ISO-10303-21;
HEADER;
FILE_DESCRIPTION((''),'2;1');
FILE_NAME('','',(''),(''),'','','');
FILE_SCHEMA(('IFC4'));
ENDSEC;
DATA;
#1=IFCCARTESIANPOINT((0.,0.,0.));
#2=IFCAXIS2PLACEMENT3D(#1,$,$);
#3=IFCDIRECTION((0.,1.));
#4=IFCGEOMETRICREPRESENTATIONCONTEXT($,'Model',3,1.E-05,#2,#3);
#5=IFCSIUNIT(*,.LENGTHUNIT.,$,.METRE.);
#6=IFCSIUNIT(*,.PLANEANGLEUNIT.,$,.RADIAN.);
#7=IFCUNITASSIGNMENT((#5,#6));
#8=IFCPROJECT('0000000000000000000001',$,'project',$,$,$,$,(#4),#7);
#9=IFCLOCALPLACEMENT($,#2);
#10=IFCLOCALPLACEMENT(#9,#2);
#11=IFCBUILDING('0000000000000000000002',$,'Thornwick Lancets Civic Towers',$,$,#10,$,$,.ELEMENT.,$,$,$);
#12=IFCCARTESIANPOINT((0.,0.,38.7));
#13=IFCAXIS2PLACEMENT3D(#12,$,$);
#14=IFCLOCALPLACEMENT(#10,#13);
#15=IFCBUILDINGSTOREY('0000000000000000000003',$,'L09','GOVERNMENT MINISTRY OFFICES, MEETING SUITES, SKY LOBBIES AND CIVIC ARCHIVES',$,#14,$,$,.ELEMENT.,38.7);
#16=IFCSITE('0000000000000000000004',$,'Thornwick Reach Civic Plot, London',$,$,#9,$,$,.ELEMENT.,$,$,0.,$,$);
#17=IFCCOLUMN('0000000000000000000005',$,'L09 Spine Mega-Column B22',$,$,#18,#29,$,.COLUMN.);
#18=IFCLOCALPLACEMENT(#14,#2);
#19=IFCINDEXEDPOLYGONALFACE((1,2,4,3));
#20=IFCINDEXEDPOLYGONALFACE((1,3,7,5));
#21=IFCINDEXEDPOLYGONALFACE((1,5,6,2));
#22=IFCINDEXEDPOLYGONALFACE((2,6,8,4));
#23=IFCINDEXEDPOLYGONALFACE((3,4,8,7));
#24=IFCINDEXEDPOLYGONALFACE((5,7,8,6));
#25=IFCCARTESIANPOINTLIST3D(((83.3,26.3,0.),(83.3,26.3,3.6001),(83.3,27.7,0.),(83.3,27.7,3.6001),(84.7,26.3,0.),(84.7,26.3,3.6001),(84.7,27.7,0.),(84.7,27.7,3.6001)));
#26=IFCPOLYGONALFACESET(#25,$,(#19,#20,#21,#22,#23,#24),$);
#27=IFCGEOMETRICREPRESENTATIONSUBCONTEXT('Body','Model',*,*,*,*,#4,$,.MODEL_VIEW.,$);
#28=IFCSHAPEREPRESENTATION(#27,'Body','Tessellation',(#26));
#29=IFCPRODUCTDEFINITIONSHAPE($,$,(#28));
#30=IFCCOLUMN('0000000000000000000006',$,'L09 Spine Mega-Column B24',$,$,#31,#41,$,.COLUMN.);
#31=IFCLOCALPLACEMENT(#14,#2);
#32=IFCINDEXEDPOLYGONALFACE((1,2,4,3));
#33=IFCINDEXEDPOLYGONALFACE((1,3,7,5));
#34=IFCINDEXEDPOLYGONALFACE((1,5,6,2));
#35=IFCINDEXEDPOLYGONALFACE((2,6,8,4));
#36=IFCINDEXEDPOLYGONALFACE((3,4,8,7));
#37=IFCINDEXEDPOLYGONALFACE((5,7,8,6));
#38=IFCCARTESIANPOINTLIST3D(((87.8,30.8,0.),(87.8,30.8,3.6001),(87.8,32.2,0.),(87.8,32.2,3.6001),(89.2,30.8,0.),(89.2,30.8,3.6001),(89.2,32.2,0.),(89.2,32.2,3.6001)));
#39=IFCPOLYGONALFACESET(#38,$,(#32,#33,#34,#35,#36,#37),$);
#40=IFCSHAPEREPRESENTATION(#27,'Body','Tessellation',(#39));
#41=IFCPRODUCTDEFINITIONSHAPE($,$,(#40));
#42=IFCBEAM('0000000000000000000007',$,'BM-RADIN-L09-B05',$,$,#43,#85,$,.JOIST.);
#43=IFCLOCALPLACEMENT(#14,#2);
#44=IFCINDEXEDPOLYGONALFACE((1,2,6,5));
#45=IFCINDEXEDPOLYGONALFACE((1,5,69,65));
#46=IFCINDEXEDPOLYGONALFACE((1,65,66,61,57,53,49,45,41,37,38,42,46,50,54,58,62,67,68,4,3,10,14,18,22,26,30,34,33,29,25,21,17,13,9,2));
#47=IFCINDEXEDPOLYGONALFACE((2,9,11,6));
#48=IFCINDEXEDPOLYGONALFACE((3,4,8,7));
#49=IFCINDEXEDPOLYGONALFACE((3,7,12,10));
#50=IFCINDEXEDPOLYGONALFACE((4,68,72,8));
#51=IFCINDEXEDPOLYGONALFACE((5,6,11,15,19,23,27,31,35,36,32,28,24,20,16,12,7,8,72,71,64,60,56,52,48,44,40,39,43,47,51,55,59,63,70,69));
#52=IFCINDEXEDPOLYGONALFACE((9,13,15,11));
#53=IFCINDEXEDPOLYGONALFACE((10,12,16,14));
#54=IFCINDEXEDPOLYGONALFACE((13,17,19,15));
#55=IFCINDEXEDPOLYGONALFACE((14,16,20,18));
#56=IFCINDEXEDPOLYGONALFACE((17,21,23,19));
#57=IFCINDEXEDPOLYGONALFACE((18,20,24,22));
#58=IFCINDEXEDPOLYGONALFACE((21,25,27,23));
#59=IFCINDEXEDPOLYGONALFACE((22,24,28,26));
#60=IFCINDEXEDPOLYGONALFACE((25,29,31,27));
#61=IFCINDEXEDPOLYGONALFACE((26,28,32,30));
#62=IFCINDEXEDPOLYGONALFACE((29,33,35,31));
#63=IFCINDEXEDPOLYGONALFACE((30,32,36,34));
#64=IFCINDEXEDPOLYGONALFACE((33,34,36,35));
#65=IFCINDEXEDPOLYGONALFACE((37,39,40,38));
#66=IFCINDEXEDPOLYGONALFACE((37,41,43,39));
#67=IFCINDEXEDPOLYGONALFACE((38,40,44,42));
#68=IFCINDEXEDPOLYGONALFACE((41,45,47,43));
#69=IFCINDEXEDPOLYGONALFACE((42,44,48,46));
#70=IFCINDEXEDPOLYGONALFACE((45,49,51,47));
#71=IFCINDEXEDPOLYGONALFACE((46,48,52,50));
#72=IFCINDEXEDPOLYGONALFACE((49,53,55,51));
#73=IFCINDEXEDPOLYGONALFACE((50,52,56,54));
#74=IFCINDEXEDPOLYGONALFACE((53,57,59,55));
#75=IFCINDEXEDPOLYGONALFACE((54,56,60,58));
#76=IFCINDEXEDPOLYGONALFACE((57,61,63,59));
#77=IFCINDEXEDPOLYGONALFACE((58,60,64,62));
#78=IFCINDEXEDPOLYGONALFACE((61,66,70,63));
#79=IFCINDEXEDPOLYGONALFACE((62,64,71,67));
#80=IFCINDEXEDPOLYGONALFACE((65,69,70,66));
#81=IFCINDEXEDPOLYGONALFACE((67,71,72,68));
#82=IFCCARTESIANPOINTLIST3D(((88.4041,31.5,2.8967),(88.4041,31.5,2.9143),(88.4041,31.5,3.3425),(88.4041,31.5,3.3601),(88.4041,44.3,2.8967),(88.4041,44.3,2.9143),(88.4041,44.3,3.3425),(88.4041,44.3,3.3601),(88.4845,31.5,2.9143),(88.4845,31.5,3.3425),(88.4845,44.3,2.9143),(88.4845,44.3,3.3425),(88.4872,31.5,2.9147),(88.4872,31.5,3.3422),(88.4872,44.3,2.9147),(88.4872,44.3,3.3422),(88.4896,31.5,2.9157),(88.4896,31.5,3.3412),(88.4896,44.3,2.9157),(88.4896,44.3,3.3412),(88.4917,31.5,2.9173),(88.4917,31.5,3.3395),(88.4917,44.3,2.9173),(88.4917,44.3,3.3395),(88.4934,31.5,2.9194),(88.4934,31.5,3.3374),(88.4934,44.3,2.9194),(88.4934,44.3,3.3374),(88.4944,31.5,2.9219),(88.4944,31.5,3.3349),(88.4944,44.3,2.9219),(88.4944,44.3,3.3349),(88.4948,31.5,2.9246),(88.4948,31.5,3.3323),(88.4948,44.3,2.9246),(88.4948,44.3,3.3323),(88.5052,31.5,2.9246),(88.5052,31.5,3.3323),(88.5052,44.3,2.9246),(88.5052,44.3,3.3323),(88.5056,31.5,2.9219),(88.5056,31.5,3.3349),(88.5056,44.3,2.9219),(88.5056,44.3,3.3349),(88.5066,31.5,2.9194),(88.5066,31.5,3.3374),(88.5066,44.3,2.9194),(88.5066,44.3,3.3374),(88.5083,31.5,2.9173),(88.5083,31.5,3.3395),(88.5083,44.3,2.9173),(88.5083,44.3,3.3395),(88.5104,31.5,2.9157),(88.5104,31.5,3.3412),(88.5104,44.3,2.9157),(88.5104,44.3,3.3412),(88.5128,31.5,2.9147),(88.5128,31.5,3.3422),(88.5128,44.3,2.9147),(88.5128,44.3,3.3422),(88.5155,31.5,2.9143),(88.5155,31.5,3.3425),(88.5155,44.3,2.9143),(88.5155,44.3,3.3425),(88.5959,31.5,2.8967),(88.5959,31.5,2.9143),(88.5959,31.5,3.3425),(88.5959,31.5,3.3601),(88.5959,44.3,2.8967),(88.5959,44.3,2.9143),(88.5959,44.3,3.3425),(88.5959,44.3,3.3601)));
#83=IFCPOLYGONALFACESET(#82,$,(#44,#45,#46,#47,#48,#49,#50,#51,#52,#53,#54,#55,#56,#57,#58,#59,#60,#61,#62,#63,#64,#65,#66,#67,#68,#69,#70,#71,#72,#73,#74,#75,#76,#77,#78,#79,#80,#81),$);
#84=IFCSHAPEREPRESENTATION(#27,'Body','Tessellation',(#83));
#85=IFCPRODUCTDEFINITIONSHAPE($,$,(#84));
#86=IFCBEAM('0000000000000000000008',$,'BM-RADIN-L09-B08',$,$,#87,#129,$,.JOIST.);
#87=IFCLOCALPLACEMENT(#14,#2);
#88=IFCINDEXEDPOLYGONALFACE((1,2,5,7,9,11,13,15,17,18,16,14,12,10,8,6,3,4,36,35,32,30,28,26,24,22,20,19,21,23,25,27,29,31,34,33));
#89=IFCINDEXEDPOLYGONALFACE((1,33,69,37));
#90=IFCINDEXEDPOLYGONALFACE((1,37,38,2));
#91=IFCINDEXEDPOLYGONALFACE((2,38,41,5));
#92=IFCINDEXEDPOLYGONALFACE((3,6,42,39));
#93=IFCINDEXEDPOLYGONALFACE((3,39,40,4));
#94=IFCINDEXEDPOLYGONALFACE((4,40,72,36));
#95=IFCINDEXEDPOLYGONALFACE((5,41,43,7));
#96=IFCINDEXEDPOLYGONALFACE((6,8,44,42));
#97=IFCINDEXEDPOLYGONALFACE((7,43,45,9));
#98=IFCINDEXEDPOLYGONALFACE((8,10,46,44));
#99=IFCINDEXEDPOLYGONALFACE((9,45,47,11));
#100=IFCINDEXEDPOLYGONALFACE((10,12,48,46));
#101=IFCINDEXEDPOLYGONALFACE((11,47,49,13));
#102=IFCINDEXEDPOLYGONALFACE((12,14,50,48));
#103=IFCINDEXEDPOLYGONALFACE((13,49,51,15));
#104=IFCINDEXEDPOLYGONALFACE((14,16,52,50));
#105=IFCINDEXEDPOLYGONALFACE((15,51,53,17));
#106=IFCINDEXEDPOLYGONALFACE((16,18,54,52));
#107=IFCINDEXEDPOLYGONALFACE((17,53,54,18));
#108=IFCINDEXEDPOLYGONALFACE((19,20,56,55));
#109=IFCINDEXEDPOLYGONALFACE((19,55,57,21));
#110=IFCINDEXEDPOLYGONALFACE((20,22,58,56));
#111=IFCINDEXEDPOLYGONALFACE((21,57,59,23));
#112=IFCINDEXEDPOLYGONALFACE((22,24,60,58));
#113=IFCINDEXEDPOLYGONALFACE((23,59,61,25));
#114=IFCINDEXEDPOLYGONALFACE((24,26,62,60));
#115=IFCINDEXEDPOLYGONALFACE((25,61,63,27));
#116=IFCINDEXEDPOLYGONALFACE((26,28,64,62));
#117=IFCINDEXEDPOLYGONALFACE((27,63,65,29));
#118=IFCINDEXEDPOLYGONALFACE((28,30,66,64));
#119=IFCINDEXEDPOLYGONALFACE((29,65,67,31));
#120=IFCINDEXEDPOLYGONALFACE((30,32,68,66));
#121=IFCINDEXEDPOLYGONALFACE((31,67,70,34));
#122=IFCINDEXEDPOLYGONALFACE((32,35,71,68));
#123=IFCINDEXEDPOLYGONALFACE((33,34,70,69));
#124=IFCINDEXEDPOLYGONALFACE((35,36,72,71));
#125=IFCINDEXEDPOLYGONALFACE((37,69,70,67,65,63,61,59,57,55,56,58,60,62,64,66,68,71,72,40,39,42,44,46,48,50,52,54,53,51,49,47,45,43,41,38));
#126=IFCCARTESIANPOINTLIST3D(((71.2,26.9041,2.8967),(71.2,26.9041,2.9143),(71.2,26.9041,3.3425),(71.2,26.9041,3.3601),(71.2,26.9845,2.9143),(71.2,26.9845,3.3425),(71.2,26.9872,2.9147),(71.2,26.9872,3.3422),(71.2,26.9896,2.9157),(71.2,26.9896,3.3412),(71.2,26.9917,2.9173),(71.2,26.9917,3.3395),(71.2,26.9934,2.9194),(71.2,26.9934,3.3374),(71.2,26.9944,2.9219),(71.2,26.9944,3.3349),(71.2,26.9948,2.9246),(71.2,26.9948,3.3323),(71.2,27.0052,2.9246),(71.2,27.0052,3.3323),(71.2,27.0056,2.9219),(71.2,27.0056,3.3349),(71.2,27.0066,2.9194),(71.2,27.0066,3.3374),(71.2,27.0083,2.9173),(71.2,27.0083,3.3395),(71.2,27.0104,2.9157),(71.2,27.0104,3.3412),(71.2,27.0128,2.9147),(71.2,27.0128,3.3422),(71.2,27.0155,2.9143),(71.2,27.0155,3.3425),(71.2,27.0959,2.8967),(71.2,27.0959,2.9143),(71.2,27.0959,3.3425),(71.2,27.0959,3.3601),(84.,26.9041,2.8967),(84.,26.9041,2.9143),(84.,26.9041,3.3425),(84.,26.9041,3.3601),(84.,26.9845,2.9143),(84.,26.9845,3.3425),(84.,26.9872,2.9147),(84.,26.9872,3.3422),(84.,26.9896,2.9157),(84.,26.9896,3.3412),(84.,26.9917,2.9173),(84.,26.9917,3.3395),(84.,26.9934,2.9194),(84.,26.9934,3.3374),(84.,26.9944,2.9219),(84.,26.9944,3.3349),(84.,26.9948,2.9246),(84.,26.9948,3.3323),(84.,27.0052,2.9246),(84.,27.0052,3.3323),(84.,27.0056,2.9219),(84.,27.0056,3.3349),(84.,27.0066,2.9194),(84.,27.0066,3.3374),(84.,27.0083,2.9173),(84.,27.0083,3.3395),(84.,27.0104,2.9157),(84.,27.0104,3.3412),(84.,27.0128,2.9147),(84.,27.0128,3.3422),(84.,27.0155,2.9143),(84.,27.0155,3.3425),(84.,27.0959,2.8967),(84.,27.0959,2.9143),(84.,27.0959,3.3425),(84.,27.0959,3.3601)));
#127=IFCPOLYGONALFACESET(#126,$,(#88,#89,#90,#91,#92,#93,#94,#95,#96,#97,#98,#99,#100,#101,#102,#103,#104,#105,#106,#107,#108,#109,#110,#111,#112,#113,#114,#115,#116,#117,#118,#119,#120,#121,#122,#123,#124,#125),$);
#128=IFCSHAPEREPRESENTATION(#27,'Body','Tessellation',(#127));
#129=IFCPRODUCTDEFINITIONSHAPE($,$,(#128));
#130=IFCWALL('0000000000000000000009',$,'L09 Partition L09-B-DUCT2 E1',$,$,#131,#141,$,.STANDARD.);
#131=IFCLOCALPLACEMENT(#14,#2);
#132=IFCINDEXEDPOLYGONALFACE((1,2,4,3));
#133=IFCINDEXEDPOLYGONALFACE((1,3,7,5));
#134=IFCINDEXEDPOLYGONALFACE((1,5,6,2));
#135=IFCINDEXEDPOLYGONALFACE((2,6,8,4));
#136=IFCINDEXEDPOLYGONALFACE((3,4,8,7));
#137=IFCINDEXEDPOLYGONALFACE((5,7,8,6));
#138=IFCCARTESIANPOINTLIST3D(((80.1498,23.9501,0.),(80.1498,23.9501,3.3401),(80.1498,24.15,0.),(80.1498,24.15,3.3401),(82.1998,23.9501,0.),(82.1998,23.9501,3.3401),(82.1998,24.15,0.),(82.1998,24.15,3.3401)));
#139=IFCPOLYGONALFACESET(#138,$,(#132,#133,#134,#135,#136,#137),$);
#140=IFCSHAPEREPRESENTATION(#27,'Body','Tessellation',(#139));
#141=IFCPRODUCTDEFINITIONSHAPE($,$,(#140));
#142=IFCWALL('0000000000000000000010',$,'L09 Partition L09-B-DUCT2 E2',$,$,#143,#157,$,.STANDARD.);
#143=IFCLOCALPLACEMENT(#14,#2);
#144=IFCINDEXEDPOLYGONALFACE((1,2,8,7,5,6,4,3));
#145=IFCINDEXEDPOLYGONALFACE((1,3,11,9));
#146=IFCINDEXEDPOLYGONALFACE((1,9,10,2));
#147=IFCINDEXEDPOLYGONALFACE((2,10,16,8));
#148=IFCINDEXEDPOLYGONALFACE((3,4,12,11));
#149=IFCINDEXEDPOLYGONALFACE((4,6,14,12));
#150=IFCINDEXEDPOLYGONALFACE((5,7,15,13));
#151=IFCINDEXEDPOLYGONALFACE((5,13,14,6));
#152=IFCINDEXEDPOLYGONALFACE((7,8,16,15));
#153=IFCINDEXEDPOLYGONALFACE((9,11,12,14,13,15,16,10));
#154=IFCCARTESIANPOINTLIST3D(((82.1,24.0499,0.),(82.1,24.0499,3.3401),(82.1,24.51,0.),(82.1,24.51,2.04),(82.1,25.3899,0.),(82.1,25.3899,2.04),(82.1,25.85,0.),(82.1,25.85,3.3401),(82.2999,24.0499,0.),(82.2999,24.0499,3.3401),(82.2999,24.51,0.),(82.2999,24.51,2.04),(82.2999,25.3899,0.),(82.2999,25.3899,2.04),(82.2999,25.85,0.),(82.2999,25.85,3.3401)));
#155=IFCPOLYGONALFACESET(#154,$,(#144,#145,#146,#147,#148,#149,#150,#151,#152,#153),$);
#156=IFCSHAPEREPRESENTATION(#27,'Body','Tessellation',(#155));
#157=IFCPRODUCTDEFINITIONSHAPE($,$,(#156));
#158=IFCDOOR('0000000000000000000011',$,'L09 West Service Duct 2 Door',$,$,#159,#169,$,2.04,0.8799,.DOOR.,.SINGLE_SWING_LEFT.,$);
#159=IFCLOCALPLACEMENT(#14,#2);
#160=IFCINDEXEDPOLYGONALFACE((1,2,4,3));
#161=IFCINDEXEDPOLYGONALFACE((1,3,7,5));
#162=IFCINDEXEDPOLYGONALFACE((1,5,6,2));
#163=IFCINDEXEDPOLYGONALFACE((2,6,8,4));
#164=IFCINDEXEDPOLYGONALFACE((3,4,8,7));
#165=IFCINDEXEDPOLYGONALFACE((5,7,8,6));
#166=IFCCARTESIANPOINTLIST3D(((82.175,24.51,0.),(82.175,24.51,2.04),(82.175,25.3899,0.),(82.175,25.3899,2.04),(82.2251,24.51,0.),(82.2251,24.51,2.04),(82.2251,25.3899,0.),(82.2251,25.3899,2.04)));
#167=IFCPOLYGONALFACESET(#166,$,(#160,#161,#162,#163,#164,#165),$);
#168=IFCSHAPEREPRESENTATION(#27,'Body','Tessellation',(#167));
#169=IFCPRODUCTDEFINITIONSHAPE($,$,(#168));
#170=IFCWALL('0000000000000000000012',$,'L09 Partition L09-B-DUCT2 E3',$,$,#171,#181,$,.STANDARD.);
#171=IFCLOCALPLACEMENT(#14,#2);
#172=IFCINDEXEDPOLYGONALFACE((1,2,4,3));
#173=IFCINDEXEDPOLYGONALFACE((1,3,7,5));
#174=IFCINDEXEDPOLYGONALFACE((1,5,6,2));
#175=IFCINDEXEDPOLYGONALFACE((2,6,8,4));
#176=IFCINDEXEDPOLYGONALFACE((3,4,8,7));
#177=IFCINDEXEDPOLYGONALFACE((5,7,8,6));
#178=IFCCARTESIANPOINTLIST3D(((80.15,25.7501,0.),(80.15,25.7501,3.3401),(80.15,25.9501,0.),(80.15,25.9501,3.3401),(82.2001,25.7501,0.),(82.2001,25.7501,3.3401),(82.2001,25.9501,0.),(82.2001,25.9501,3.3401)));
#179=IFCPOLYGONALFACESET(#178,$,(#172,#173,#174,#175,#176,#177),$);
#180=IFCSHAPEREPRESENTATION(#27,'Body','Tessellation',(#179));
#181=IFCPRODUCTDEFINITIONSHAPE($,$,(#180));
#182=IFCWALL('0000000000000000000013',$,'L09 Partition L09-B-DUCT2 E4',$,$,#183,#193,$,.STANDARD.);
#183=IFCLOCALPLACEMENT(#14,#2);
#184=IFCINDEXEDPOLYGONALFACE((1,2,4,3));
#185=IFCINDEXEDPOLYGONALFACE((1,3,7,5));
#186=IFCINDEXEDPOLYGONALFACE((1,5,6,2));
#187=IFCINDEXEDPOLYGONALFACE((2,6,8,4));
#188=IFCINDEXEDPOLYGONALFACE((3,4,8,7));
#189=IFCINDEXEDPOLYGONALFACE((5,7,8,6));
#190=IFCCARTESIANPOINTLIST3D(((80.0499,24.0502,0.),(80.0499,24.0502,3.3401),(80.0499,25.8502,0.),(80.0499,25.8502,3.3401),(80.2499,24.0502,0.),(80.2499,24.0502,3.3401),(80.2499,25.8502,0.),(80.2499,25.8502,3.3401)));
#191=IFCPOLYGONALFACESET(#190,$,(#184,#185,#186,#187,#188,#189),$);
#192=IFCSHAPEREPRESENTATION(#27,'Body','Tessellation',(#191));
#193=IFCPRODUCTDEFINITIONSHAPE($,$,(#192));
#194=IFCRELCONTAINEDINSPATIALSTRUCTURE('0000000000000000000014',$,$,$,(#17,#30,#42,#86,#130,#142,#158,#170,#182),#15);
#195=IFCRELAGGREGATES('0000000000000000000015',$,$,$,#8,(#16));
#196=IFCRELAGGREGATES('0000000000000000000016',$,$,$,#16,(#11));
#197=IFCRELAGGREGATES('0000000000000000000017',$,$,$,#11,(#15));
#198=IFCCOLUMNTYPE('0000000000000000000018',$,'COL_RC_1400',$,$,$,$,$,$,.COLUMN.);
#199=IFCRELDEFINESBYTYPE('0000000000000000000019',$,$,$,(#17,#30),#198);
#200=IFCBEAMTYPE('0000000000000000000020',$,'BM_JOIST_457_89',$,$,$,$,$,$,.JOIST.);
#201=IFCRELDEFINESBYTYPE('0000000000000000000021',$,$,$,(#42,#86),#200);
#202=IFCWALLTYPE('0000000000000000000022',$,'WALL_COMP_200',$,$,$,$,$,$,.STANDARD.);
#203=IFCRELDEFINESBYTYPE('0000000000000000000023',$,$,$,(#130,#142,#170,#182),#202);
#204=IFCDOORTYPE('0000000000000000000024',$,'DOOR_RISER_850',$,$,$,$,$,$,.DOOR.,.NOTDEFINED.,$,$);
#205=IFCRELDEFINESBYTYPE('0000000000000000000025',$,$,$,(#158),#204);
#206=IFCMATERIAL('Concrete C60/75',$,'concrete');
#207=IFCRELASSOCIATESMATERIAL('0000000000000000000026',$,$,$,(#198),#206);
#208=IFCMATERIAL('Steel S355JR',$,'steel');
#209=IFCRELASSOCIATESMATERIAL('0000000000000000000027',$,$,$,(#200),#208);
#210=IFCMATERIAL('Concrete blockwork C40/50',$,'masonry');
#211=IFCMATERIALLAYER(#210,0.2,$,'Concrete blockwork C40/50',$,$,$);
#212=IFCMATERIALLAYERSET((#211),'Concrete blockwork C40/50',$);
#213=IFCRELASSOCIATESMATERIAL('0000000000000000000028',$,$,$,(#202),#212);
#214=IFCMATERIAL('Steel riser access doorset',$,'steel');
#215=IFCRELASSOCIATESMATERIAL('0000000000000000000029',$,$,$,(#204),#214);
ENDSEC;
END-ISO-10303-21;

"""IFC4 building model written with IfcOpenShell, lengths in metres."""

from ifc_helpers import new_model, si_unit, direction, frame, frame_2d, origin, origin_2d, place, context, subcontext, project, spatial, rectangle, i_section, extrude, material, layer, layer_set, material_profile, profile_set, type_object, element, fill, save


model = new_model("IFC4")

# Units and contexts
model_context = context("Model", 3, precision=1e-05, world=origin(), true_north=direction((0.0, 1.0)))
body_context = subcontext(model_context, "Body", "Model", "MODEL_VIEW")
ifc_project = project(units=[si_unit("LENGTHUNIT", "METRE"), si_unit("PLANEANGLEUNIT", "RADIAN")], contexts=[model_context])

# Site, building, storey
site_placement = place(None, origin())
site = spatial("IfcSite", under=ifc_project, at=site_placement, Name="Thornwick Reach Civic Plot, London", CompositionType="ELEMENT", RefElevation=0.0)
building_placement = place(site_placement, origin())
building = spatial("IfcBuilding", under=site, at=building_placement, Name="Thornwick Lancets Civic Towers", CompositionType="ELEMENT")
storey_placement = place(building_placement, frame((0.0, 0.0, 38.7)))
storey = spatial("IfcBuildingStorey", under=building, at=storey_placement, Name="L09", Description="GOVERNMENT MINISTRY OFFICES, MEETING SUITES, SKY LOBBIES AND CIVIC ARCHIVES", CompositionType="ELEMENT", Elevation=38.7)

# Columns
ifc_material_1 = material(Name="Concrete C60/75", Category="concrete")
ifc_material_profile_1 = material_profile(ifc_material_1, rectangle(XDim=1.3999, YDim=1.3999, at=origin_2d()), Name="RC 1400x1400")
ifc_profile_set_1 = profile_set([ifc_material_profile_1], Name="Concrete C60/75")
column_type = type_object("IfcColumnType", Name="COL_RC_1400", PredefinedType="COLUMN", material=ifc_profile_set_1)
for number, where, z_axis, x_axis, name in (
    (1, (84.0, 27.0, 0.0), (0.0, 0.0, 1.0), (1.0, 0.0, 0.0), "L09 Spine Mega-Column B22"),
    (2, (88.5, 31.5, 0.0), (0.0, 0.0, 1.0), (1.0, 0.0, 0.0), "L09 Spine Mega-Column B24"),
):
    element("IfcColumn", number, at=place(storey_placement, frame(where, z_axis=z_axis, x_axis=x_axis)), inside=storey, type_object=column_type, Name=name, PredefinedType="COLUMN", context=body_context, shape_type="SweptSolid", body=[
        extrude(rectangle(XDim=1.3999, YDim=1.3999, at=origin_2d()), origin(), (0.0, 0.0, 1.0), 3.6001),
    ])

# Beams
ifc_material_2 = material(Name="Steel S355JR", Category="steel")
ifc_material_profile_2 = material_profile(ifc_material_2, i_section(OverallWidth=0.1919, OverallDepth=0.4634, WebThickness=0.0105, FlangeThickness=0.0176, FilletRadius=0.0103, at=origin_2d()), Name="UKB 457x191x89")
ifc_profile_set_2 = profile_set([ifc_material_profile_2], Name="Steel S355JR")
beam_type = type_object("IfcBeamType", Name="BM_JOIST_457_89", PredefinedType="JOIST", material=ifc_profile_set_2)
for number, where, z_axis, x_axis, name in (
    (3, (88.5, 31.5, 3.1284), (0.0, 1.0, 0.0), (-1.0, 0.0, 0.0), "BM-RADIN-L09-B05"),
    (4, (84.0, 27.0, 3.1284), (-1.0, 0.0, 0.0), (0.0, -1.0, 0.0), "BM-RADIN-L09-B08"),
):
    element("IfcBeam", number, at=place(storey_placement, frame(where, z_axis=z_axis, x_axis=x_axis)), inside=storey, type_object=beam_type, Name=name, PredefinedType="JOIST", context=body_context, shape_type="SweptSolid", body=[
        extrude(i_section(OverallWidth=0.1919, OverallDepth=0.4634, WebThickness=0.0105, FlangeThickness=0.0176, FilletRadius=0.0103, at=origin_2d()), origin(), (0.0, 0.0, 1.0), 12.8),
    ])

# Wall
ifc_material_3 = material(Name="Concrete blockwork C40/50", Category="masonry")
ifc_layer_1 = layer(ifc_material_3, 0.2, Name="Concrete blockwork C40/50")
ifc_layer_set_1 = layer_set([ifc_layer_1], Name="Concrete blockwork C40/50")
wall_type_1 = type_object("IfcWallType", Name="WALL_COMP_200", PredefinedType="STANDARD", material=ifc_layer_set_1)
wall_1_placement = place(storey_placement, frame((80.1499, 24.05, 0.0), z_axis=(0.0, 0.0, 1.0), x_axis=(1.0, 0.0, 0.0)))
element("IfcWall", 5, at=wall_1_placement, inside=storey, type_object=wall_type_1, Name="L09 Partition L09-B-DUCT2 E1", PredefinedType="STANDARD", context=body_context, shape_type="SweptSolid", body=[
    extrude(rectangle(XDim=2.05, YDim=0.2, at=frame_2d((1.0249, 0.0))), origin(), (0.0, 0.0, 1.0), 3.3401),
])

# Wall, opening, door
wall_2_placement = place(storey_placement, frame((82.2, 24.05, 0.0), z_axis=(0.0, 0.0, 1.0), x_axis=(0.0, 1.0, 0.0)))
wall_2 = element("IfcWall", 6, at=wall_2_placement, inside=storey, type_object=wall_type_1, Name="L09 Partition L09-B-DUCT2 E2", PredefinedType="STANDARD", context=body_context, shape_type="SweptSolid", body=[
    extrude(rectangle(XDim=1.8, YDim=0.2, at=frame_2d((0.8999, 0.0))), origin(), (0.0, 0.0, 1.0), 3.3401),
])
opening_1_placement = place(wall_2_placement, frame((0.46, 0.0, 0.0)))
opening_1 = element("IfcOpeningElement", 7, at=opening_1_placement, cuts=wall_2, PredefinedType="OPENING", context=body_context, shape_type="SweptSolid", body=[
    extrude(rectangle(XDim=0.8799, YDim=2.04, at=frame_2d((0.4399, 1.02))), frame((0.0, 0.1099, 0.0), z_axis=(0.0, -1.0, 0.0), x_axis=(1.0, 0.0, 0.0)), (0.0, 0.0, 1.0), 0.22),
])
ifc_material_4 = material(Name="Steel riser access doorset", Category="steel")
door_type_1 = type_object("IfcDoorType", Name="DOOR_RISER_850", OperationType="NOTDEFINED", PredefinedType="DOOR", material=ifc_material_4)
door_1_placement = place(opening_1_placement, origin())
door_1 = element("IfcDoor", 8, at=door_1_placement, inside=storey, type_object=door_type_1, Name="L09 West Service Duct 2 Door", OperationType="SINGLE_SWING_LEFT", OverallHeight=2.04, OverallWidth=0.8799, PredefinedType="DOOR", context=body_context, shape_type="SweptSolid", body=[
    extrude(rectangle(XDim=0.8799, YDim=2.04, at=frame_2d((0.4399, 1.02))), frame((0.0, 0.0249, 0.0), z_axis=(0.0, -1.0, 0.0), x_axis=(1.0, 0.0, 0.0)), (0.0, 0.0, 1.0), 0.05),
])
fill(opening_1, door_1)

# Walls
wall_3_placement = place(storey_placement, frame((82.2, 25.8501, 0.0), z_axis=(0.0, 0.0, 1.0), x_axis=(-1.0, 0.0, 0.0)))
element("IfcWall", 9, at=wall_3_placement, inside=storey, type_object=wall_type_1, Name="L09 Partition L09-B-DUCT2 E3", PredefinedType="STANDARD", context=body_context, shape_type="SweptSolid", body=[
    extrude(rectangle(XDim=2.05, YDim=0.2, at=frame_2d((1.0249, 0.0))), origin(), (0.0, 0.0, 1.0), 3.3401),
])
wall_4_placement = place(storey_placement, frame((80.1499, 25.8501, 0.0), z_axis=(0.0, 0.0, 1.0), x_axis=(0.0, -1.0, 0.0)))
element("IfcWall", 10, at=wall_4_placement, inside=storey, type_object=wall_type_1, Name="L09 Partition L09-B-DUCT2 E4", PredefinedType="STANDARD", context=body_context, shape_type="SweptSolid", body=[
    extrude(rectangle(XDim=1.8, YDim=0.2, at=frame_2d((0.8999, 0.0))), origin(), (0.0, 0.0, 1.0), 3.3401),
])

save(model, "model.ifc")
